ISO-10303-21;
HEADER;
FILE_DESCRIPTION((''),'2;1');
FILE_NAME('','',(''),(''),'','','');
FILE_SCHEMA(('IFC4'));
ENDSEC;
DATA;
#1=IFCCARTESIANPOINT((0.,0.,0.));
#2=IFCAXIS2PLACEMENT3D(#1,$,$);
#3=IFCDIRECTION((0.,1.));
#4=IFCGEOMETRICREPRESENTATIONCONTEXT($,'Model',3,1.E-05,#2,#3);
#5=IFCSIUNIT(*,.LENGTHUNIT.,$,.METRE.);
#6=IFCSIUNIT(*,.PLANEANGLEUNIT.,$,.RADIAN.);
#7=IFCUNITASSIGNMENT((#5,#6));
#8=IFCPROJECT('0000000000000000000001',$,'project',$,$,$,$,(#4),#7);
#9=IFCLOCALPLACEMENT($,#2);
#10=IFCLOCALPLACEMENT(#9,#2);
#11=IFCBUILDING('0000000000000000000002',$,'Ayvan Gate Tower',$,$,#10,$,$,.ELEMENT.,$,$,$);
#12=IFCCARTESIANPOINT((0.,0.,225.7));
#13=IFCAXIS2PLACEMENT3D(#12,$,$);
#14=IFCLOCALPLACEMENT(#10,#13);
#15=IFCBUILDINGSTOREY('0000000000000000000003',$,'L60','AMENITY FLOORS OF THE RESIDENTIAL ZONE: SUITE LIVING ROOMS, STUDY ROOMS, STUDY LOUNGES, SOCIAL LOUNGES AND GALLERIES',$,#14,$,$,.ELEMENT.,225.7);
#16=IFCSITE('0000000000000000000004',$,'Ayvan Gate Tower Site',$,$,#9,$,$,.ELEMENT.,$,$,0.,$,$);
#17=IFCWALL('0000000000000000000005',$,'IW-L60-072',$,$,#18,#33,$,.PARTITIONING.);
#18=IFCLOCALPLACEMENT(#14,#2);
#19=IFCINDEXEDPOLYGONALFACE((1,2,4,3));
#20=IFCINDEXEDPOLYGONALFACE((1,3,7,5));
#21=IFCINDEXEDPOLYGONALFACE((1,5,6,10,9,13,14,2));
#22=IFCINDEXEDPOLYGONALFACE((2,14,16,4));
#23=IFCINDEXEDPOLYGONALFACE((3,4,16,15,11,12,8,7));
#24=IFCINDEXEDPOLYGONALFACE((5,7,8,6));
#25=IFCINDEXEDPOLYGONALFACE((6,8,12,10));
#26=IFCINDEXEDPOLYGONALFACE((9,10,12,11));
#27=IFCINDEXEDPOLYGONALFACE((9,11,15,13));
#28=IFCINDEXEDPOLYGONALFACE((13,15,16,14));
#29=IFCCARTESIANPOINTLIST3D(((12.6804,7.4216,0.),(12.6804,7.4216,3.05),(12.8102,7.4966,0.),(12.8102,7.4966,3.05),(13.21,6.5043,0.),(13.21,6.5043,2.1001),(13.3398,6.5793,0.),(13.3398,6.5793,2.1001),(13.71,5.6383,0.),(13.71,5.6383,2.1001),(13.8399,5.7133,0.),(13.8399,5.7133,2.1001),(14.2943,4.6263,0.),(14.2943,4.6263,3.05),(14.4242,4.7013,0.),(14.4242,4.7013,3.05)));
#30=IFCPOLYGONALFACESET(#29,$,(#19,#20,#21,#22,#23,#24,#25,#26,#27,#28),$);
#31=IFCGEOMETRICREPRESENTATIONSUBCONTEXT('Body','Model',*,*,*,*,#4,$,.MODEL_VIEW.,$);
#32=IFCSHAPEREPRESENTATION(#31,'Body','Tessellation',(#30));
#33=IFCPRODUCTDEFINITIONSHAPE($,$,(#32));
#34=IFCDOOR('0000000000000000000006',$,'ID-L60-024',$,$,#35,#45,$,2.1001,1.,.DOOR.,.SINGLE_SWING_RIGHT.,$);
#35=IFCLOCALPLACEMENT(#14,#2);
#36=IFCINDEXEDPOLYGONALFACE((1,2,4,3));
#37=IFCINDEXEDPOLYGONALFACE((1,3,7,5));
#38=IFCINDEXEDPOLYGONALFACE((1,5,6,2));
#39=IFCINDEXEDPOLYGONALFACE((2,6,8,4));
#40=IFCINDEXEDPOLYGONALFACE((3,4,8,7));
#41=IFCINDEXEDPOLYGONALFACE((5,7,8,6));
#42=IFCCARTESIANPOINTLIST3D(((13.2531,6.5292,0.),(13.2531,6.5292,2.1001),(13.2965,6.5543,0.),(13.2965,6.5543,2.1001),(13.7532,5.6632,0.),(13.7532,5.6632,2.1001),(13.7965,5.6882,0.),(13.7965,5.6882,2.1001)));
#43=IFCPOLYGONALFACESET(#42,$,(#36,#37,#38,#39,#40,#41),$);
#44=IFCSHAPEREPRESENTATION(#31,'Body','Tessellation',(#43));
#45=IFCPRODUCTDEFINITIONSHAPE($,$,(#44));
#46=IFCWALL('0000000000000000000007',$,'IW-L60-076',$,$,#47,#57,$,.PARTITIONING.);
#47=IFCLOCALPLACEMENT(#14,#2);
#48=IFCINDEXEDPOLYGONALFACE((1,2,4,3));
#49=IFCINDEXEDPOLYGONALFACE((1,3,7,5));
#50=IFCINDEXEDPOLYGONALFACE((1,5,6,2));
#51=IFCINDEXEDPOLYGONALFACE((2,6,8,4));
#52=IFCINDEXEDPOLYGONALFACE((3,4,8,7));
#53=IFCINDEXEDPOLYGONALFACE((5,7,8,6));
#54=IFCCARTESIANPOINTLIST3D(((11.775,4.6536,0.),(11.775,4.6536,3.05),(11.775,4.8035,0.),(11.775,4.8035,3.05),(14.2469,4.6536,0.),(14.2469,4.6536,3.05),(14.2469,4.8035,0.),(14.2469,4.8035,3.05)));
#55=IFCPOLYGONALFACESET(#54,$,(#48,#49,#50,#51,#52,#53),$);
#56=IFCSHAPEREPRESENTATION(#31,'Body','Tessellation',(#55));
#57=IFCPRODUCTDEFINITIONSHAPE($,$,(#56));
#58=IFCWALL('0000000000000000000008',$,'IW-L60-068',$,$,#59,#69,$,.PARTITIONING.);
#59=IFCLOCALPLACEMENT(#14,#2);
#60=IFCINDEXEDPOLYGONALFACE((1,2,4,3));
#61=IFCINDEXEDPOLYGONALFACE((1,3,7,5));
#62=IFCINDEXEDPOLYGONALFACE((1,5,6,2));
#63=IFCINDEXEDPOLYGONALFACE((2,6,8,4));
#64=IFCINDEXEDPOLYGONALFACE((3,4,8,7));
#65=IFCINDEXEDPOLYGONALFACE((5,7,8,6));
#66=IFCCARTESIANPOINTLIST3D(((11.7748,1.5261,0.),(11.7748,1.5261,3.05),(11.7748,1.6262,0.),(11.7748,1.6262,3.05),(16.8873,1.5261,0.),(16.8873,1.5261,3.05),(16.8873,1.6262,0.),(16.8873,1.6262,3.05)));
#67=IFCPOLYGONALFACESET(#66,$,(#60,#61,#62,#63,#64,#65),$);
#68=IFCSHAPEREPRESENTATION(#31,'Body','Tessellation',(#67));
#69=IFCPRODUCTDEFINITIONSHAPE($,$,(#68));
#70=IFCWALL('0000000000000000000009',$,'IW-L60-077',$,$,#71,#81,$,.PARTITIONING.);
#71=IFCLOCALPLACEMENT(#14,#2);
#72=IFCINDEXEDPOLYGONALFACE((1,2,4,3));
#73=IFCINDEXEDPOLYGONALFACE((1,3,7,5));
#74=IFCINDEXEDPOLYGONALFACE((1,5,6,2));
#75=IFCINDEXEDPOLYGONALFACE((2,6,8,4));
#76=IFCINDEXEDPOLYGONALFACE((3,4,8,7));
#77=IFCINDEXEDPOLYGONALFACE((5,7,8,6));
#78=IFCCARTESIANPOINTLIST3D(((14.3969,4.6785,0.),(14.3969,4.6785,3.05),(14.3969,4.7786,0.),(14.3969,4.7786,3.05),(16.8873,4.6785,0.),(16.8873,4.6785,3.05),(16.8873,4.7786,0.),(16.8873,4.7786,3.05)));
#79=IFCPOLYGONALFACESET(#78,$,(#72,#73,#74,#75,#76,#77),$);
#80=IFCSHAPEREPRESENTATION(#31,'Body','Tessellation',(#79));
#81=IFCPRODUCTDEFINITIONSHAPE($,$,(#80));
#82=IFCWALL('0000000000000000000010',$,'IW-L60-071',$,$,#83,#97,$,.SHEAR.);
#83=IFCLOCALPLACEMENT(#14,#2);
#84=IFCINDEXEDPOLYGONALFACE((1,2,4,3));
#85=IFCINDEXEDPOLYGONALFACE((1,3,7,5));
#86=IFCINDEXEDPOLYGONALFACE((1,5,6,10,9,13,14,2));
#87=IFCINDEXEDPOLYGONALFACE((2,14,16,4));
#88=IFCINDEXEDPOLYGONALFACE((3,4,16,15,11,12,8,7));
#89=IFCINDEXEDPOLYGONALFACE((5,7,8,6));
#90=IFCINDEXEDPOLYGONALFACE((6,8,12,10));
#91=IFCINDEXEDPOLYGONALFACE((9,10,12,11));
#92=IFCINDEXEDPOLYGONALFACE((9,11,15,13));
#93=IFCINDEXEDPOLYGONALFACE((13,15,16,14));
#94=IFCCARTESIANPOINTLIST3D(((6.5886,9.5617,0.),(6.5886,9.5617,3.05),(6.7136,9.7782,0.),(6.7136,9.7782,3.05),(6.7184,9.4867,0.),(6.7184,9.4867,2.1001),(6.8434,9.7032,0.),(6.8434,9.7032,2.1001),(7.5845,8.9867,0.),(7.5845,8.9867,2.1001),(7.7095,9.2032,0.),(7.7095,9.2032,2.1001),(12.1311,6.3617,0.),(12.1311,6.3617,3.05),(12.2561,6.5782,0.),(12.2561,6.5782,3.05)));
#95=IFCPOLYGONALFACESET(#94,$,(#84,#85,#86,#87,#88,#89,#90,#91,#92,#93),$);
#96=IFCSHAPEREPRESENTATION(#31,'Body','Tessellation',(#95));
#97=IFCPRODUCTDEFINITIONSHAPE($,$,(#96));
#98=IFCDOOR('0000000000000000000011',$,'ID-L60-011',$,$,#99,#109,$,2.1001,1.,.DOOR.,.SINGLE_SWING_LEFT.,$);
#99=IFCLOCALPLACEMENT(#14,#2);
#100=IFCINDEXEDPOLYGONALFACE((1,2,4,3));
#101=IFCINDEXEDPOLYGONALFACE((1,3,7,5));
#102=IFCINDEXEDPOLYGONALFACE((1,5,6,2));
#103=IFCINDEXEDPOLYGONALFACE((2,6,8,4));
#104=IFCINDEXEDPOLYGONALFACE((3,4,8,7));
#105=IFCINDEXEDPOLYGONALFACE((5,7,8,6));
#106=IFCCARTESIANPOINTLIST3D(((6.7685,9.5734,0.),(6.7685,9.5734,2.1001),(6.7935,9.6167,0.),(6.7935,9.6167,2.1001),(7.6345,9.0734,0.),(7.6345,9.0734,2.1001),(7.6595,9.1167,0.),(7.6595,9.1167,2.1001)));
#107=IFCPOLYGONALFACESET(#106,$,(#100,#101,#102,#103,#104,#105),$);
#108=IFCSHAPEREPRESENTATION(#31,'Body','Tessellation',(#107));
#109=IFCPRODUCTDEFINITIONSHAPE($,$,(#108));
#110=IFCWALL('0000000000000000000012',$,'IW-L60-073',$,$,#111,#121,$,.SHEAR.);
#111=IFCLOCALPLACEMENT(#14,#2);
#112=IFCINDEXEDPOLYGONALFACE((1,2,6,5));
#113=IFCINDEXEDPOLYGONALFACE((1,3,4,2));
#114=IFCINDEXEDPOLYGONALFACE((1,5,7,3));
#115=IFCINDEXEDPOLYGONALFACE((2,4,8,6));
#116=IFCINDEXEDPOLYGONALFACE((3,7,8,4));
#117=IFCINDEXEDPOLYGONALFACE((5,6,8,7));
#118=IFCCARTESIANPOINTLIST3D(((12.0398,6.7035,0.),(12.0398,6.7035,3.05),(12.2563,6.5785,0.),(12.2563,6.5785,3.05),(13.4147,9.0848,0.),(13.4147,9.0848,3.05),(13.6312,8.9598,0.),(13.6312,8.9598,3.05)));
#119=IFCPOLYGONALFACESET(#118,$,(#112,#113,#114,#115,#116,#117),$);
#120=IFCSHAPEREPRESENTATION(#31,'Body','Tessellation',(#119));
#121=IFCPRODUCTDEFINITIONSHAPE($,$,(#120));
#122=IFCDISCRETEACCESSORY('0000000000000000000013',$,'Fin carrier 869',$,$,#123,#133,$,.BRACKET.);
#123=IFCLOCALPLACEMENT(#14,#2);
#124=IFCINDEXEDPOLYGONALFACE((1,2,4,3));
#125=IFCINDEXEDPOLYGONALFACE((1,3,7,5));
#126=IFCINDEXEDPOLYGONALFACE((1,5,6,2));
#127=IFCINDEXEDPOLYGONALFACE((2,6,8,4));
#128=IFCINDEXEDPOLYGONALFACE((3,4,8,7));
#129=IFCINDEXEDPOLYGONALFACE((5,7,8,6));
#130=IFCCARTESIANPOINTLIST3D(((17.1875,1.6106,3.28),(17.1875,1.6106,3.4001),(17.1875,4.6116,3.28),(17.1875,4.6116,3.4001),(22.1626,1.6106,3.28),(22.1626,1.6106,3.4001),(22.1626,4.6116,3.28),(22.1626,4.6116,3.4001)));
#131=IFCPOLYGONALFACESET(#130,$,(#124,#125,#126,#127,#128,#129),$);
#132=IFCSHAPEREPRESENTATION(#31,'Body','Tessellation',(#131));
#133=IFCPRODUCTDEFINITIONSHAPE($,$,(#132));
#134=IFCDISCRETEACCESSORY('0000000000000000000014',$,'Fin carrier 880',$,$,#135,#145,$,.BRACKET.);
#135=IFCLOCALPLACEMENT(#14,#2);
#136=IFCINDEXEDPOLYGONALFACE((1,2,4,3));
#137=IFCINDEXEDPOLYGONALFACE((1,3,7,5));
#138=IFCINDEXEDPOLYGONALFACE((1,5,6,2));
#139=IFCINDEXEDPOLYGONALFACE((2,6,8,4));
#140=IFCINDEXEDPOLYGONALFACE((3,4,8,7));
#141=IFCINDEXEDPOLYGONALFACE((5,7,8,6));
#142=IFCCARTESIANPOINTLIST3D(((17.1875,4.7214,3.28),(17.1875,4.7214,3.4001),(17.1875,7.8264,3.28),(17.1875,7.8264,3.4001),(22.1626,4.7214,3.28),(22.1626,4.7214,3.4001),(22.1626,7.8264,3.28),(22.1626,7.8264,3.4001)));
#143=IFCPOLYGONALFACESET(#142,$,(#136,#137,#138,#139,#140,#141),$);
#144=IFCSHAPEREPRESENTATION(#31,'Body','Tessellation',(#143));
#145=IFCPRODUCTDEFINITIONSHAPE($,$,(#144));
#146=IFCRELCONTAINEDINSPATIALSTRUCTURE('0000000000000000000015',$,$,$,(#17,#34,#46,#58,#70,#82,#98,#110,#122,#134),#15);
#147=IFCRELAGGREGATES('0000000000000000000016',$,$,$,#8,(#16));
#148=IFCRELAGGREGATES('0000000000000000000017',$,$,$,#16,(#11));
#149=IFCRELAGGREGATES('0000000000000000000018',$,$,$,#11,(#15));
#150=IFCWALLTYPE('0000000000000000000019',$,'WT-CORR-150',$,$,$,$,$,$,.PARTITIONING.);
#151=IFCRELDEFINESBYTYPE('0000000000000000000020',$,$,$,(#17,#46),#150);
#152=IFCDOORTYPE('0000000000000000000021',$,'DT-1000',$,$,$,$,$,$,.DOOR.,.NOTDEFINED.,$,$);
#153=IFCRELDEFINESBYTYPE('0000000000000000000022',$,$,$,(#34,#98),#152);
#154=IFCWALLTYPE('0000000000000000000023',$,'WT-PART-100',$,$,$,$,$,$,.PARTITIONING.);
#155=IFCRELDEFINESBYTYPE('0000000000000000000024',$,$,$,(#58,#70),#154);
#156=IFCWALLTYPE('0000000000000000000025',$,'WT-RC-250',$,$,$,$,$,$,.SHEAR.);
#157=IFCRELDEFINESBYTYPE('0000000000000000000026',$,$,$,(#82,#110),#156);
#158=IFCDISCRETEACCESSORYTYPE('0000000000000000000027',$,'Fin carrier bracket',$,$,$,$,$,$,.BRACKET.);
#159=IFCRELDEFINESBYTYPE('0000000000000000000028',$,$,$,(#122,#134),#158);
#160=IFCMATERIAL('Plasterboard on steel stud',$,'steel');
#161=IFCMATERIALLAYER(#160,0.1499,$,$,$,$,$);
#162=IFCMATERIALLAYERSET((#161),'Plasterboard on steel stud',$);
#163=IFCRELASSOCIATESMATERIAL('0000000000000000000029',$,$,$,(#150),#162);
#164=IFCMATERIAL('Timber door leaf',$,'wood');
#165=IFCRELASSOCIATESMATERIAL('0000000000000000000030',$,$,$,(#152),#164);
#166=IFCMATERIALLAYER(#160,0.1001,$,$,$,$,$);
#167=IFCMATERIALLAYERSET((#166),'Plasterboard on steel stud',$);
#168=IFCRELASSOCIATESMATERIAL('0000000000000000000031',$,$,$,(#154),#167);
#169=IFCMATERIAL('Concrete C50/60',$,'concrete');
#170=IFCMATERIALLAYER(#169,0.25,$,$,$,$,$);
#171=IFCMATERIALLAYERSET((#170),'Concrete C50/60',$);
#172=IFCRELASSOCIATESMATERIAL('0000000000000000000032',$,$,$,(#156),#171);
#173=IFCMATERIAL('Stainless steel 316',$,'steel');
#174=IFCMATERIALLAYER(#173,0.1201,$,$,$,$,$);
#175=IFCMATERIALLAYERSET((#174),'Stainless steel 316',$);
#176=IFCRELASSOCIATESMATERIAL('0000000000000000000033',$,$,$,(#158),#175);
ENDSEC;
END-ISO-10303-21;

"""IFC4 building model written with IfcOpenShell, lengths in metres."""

from ifc_helpers import new_model, si_unit, direction, frame, frame_2d, origin, origin_2d, place, context, subcontext, project, spatial, rectangle, extrude, material, layer, layer_set, type_object, element, fill, save


model = new_model("IFC4")

# Units and contexts
model_context = context("Model", 3, precision=1e-05, world=origin(), true_north=direction((0.0, 1.0)))
body_context = subcontext(model_context, "Body", "Model", "MODEL_VIEW")
ifc_project = project(units=[si_unit("LENGTHUNIT", "METRE"), si_unit("PLANEANGLEUNIT", "RADIAN")], contexts=[model_context])

# Site, building, storey
site_placement = place(None, origin())
site = spatial("IfcSite", under=ifc_project, at=site_placement, Name="Ayvan Gate Tower Site", CompositionType="ELEMENT", RefElevation=0.0)
building_placement = place(site_placement, origin())
building = spatial("IfcBuilding", under=site, at=building_placement, Name="Ayvan Gate Tower", CompositionType="ELEMENT")
storey_placement = place(building_placement, frame((0.0, 0.0, 225.7)))
storey = spatial("IfcBuildingStorey", under=building, at=storey_placement, Name="L60", Description="AMENITY FLOORS OF THE RESIDENTIAL ZONE: SUITE LIVING ROOMS, STUDY ROOMS, STUDY LOUNGES, SOCIAL LOUNGES AND GALLERIES", CompositionType="ELEMENT", Elevation=225.7)

# Shared definitions
ifc_material_1 = material(Name="Concrete C50/60", Category="concrete")

# Wall, opening, door
ifc_material_2 = material(Name="Plasterboard on steel stud", Category="steel")
ifc_layer_1 = layer(ifc_material_2, 0.1499)
ifc_layer_set_1 = layer_set([ifc_layer_1], Name="Plasterboard on steel stud")
wall_type_1 = type_object("IfcWallType", Name="WT-CORR-150", PredefinedType="PARTITIONING", material=ifc_layer_set_1)
wall_1_placement = place(storey_placement, frame((12.7454, 7.459, 0.0), z_axis=(0.0, 0.0, 1.0), x_axis=(0.500019, -0.866014, 0.0)))
wall_1 = element("IfcWall", 1, at=wall_1_placement, inside=storey, type_object=wall_type_1, Name="IW-L60-072", PredefinedType="PARTITIONING", context=body_context, shape_type="SweptSolid", body=[
    extrude(rectangle(XDim=3.2278, YDim=0.1499, at=frame_2d((1.6138, 0.0))), origin(), (0.0, 0.0, 1.0), 3.05),
])
opening_1_placement = place(wall_1_placement, frame((1.0591, 0.0, 0.0)))
opening_1 = element("IfcOpeningElement", 2, at=opening_1_placement, cuts=wall_1, PredefinedType="OPENING", context=body_context, shape_type="SweptSolid", body=[
    extrude(rectangle(XDim=1.0, YDim=2.1001, at=frame_2d((0.5, 1.05))), frame((0.0, 0.085, 0.0), z_axis=(0.0, -1.0, 0.0), x_axis=(1.0, 0.0, 0.0)), (0.0, 0.0, 1.0), 0.1699),
])
ifc_material_3 = material(Name="Timber door leaf", Category="wood")
door_type = type_object("IfcDoorType", Name="DT-1000", OperationType="NOTDEFINED", PredefinedType="DOOR", material=ifc_material_3)
door_1_placement = place(opening_1_placement, origin())
door_1 = element("IfcDoor", 3, at=door_1_placement, inside=storey, type_object=door_type, Name="ID-L60-024", OperationType="SINGLE_SWING_RIGHT", OverallHeight=2.1001, OverallWidth=1.0, PredefinedType="DOOR", context=body_context, shape_type="SweptSolid", body=[
    extrude(rectangle(XDim=1.0, YDim=2.1001, at=frame_2d((0.5, 1.05))), frame((0.0, 0.0249, 0.0), z_axis=(0.0, -1.0, 0.0), x_axis=(1.0, 0.0, 0.0)), (0.0, 0.0, 1.0), 0.05),
])
fill(opening_1, door_1)

# Walls
wall_2_placement = place(storey_placement, frame((14.2468, 4.7285, 0.0), z_axis=(0.0, 0.0, 1.0), x_axis=(-1.0, 0.0, 0.0)))
element("IfcWall", 4, at=wall_2_placement, inside=storey, type_object=wall_type_1, Name="IW-L60-076", PredefinedType="PARTITIONING", context=body_context, shape_type="SweptSolid", body=[
    extrude(rectangle(XDim=2.4719, YDim=0.1499, at=frame_2d((1.2358, 0.0))), origin(), (0.0, 0.0, 1.0), 3.05),
])
ifc_layer_2 = layer(ifc_material_2, 0.1001)
ifc_layer_set_2 = layer_set([ifc_layer_2], Name="Plasterboard on steel stud")
wall_type_2 = type_object("IfcWallType", Name="WT-PART-100", PredefinedType="PARTITIONING", material=ifc_layer_set_2)
wall_3_placement = place(storey_placement, frame((11.7749, 1.5762, 0.0), z_axis=(0.0, 0.0, 1.0), x_axis=(1.0, 0.0, 0.0)))
element("IfcWall", 5, at=wall_3_placement, inside=storey, type_object=wall_type_2, Name="IW-L60-068", PredefinedType="PARTITIONING", context=body_context, shape_type="SweptSolid", body=[
    extrude(rectangle(XDim=5.1125, YDim=0.1001, at=frame_2d((2.5562, 0.0))), origin(), (0.0, 0.0, 1.0), 3.05),
])
wall_4_placement = place(storey_placement, frame((14.397, 4.7285, 0.0), z_axis=(0.0, 0.0, 1.0), x_axis=(1.0, 0.0, 0.0)))
element("IfcWall", 6, at=wall_4_placement, inside=storey, type_object=wall_type_2, Name="IW-L60-077", PredefinedType="PARTITIONING", context=body_context, shape_type="SweptSolid", body=[
    extrude(rectangle(XDim=2.4905, YDim=0.1001, at=frame_2d((1.2451, 0.0))), origin(), (0.0, 0.0, 1.0), 3.05),
])

# Wall, opening, door
ifc_layer_3 = layer(ifc_material_1, 0.25)
ifc_layer_set_3 = layer_set([ifc_layer_3], Name="Concrete C50/60")
wall_type_3 = type_object("IfcWallType", Name="WT-RC-250", PredefinedType="SHEAR", material=ifc_layer_set_3)
wall_5_placement = place(storey_placement, frame((12.1936, 6.47, 0.0), z_axis=(0.0, 0.0, 1.0), x_axis=(-0.866025, 0.5, 0.0)))
wall_5 = element("IfcWall", 7, at=wall_5_placement, inside=storey, type_object=wall_type_3, Name="IW-L60-071", PredefinedType="SHEAR", context=body_context, shape_type="SweptSolid", body=[
    extrude(rectangle(XDim=6.3999, YDim=0.25, at=frame_2d((3.2, 0.0))), origin(), (0.0, 0.0, 1.0), 3.05),
])
opening_2_placement = place(wall_5_placement, frame((5.25, 0.0, 0.0)))
opening_2 = element("IfcOpeningElement", 8, at=opening_2_placement, cuts=wall_5, PredefinedType="OPENING", context=body_context, shape_type="SweptSolid", body=[
    extrude(rectangle(XDim=1.0, YDim=2.1001, at=frame_2d((0.5, 1.05))), frame((0.0, 0.135, 0.0), z_axis=(0.0, -1.0, 0.0), x_axis=(1.0, 0.0, 0.0)), (0.0, 0.0, 1.0), 0.27),
])
door_2_placement = place(opening_2_placement, origin())
door_2 = element("IfcDoor", 9, at=door_2_placement, inside=storey, type_object=door_type, Name="ID-L60-011", OperationType="SINGLE_SWING_LEFT", OverallHeight=2.1001, OverallWidth=1.0, PredefinedType="DOOR", context=body_context, shape_type="SweptSolid", body=[
    extrude(rectangle(XDim=1.0, YDim=2.1001, at=frame_2d((0.5, 1.05))), frame((0.0, 0.0249, 0.0), z_axis=(0.0, -1.0, 0.0), x_axis=(1.0, 0.0, 0.0)), (0.0, 0.0, 1.0), 0.05),
])
fill(opening_2, door_2)

# Wall
wall_6_placement = place(storey_placement, frame((12.1479, 6.6409, 0.0), z_axis=(0.0, 0.0, 1.0), x_axis=(0.500035, 0.866005, 0.0)))
element("IfcWall", 10, at=wall_6_placement, inside=storey, type_object=wall_type_3, Name="IW-L60-073", PredefinedType="SHEAR", context=body_context, shape_type="SweptSolid", body=[
    extrude(rectangle(XDim=2.7498, YDim=0.25, at=frame_2d((1.375, 0.0))), origin(), (0.0, 0.0, 1.0), 3.05),
])

# Discrete accessories
ifc_material_4 = material(Name="Stainless steel 316", Category="steel")
ifc_layer_4 = layer(ifc_material_4, 0.1201)
ifc_layer_set_4 = layer_set([ifc_layer_4], Name="Stainless steel 316")
discrete_accessory_type = type_object("IfcDiscreteAccessoryType", Name="Fin carrier bracket", PredefinedType="BRACKET", material=ifc_layer_set_4)
discrete_accessory_1_placement = place(storey_placement, frame((19.675, 3.1111, 3.28), z_axis=(0.0, 0.0, 1.0), x_axis=(0.0, 1.0, 0.0)))
element("IfcDiscreteAccessory", 11, at=discrete_accessory_1_placement, inside=storey, type_object=discrete_accessory_type, Name="Fin carrier 869", PredefinedType="BRACKET", context=body_context, shape_type="SweptSolid", body=[
    extrude(rectangle(XDim=3.001, YDim=4.9751, at=origin_2d()), origin(), (0.0, 0.0, 1.0), 0.1201),
])
discrete_accessory_2_placement = place(storey_placement, frame((19.675, 6.2739, 3.28), z_axis=(0.0, 0.0, 1.0), x_axis=(0.0, 1.0, 0.0)))
element("IfcDiscreteAccessory", 12, at=discrete_accessory_2_placement, inside=storey, type_object=discrete_accessory_type, Name="Fin carrier 880", PredefinedType="BRACKET", context=body_context, shape_type="SweptSolid", body=[
    extrude(rectangle(XDim=3.105, YDim=4.9751, at=origin_2d()), origin(), (0.0, 0.0, 1.0), 0.1201),
])

save(model, "model.ifc")
